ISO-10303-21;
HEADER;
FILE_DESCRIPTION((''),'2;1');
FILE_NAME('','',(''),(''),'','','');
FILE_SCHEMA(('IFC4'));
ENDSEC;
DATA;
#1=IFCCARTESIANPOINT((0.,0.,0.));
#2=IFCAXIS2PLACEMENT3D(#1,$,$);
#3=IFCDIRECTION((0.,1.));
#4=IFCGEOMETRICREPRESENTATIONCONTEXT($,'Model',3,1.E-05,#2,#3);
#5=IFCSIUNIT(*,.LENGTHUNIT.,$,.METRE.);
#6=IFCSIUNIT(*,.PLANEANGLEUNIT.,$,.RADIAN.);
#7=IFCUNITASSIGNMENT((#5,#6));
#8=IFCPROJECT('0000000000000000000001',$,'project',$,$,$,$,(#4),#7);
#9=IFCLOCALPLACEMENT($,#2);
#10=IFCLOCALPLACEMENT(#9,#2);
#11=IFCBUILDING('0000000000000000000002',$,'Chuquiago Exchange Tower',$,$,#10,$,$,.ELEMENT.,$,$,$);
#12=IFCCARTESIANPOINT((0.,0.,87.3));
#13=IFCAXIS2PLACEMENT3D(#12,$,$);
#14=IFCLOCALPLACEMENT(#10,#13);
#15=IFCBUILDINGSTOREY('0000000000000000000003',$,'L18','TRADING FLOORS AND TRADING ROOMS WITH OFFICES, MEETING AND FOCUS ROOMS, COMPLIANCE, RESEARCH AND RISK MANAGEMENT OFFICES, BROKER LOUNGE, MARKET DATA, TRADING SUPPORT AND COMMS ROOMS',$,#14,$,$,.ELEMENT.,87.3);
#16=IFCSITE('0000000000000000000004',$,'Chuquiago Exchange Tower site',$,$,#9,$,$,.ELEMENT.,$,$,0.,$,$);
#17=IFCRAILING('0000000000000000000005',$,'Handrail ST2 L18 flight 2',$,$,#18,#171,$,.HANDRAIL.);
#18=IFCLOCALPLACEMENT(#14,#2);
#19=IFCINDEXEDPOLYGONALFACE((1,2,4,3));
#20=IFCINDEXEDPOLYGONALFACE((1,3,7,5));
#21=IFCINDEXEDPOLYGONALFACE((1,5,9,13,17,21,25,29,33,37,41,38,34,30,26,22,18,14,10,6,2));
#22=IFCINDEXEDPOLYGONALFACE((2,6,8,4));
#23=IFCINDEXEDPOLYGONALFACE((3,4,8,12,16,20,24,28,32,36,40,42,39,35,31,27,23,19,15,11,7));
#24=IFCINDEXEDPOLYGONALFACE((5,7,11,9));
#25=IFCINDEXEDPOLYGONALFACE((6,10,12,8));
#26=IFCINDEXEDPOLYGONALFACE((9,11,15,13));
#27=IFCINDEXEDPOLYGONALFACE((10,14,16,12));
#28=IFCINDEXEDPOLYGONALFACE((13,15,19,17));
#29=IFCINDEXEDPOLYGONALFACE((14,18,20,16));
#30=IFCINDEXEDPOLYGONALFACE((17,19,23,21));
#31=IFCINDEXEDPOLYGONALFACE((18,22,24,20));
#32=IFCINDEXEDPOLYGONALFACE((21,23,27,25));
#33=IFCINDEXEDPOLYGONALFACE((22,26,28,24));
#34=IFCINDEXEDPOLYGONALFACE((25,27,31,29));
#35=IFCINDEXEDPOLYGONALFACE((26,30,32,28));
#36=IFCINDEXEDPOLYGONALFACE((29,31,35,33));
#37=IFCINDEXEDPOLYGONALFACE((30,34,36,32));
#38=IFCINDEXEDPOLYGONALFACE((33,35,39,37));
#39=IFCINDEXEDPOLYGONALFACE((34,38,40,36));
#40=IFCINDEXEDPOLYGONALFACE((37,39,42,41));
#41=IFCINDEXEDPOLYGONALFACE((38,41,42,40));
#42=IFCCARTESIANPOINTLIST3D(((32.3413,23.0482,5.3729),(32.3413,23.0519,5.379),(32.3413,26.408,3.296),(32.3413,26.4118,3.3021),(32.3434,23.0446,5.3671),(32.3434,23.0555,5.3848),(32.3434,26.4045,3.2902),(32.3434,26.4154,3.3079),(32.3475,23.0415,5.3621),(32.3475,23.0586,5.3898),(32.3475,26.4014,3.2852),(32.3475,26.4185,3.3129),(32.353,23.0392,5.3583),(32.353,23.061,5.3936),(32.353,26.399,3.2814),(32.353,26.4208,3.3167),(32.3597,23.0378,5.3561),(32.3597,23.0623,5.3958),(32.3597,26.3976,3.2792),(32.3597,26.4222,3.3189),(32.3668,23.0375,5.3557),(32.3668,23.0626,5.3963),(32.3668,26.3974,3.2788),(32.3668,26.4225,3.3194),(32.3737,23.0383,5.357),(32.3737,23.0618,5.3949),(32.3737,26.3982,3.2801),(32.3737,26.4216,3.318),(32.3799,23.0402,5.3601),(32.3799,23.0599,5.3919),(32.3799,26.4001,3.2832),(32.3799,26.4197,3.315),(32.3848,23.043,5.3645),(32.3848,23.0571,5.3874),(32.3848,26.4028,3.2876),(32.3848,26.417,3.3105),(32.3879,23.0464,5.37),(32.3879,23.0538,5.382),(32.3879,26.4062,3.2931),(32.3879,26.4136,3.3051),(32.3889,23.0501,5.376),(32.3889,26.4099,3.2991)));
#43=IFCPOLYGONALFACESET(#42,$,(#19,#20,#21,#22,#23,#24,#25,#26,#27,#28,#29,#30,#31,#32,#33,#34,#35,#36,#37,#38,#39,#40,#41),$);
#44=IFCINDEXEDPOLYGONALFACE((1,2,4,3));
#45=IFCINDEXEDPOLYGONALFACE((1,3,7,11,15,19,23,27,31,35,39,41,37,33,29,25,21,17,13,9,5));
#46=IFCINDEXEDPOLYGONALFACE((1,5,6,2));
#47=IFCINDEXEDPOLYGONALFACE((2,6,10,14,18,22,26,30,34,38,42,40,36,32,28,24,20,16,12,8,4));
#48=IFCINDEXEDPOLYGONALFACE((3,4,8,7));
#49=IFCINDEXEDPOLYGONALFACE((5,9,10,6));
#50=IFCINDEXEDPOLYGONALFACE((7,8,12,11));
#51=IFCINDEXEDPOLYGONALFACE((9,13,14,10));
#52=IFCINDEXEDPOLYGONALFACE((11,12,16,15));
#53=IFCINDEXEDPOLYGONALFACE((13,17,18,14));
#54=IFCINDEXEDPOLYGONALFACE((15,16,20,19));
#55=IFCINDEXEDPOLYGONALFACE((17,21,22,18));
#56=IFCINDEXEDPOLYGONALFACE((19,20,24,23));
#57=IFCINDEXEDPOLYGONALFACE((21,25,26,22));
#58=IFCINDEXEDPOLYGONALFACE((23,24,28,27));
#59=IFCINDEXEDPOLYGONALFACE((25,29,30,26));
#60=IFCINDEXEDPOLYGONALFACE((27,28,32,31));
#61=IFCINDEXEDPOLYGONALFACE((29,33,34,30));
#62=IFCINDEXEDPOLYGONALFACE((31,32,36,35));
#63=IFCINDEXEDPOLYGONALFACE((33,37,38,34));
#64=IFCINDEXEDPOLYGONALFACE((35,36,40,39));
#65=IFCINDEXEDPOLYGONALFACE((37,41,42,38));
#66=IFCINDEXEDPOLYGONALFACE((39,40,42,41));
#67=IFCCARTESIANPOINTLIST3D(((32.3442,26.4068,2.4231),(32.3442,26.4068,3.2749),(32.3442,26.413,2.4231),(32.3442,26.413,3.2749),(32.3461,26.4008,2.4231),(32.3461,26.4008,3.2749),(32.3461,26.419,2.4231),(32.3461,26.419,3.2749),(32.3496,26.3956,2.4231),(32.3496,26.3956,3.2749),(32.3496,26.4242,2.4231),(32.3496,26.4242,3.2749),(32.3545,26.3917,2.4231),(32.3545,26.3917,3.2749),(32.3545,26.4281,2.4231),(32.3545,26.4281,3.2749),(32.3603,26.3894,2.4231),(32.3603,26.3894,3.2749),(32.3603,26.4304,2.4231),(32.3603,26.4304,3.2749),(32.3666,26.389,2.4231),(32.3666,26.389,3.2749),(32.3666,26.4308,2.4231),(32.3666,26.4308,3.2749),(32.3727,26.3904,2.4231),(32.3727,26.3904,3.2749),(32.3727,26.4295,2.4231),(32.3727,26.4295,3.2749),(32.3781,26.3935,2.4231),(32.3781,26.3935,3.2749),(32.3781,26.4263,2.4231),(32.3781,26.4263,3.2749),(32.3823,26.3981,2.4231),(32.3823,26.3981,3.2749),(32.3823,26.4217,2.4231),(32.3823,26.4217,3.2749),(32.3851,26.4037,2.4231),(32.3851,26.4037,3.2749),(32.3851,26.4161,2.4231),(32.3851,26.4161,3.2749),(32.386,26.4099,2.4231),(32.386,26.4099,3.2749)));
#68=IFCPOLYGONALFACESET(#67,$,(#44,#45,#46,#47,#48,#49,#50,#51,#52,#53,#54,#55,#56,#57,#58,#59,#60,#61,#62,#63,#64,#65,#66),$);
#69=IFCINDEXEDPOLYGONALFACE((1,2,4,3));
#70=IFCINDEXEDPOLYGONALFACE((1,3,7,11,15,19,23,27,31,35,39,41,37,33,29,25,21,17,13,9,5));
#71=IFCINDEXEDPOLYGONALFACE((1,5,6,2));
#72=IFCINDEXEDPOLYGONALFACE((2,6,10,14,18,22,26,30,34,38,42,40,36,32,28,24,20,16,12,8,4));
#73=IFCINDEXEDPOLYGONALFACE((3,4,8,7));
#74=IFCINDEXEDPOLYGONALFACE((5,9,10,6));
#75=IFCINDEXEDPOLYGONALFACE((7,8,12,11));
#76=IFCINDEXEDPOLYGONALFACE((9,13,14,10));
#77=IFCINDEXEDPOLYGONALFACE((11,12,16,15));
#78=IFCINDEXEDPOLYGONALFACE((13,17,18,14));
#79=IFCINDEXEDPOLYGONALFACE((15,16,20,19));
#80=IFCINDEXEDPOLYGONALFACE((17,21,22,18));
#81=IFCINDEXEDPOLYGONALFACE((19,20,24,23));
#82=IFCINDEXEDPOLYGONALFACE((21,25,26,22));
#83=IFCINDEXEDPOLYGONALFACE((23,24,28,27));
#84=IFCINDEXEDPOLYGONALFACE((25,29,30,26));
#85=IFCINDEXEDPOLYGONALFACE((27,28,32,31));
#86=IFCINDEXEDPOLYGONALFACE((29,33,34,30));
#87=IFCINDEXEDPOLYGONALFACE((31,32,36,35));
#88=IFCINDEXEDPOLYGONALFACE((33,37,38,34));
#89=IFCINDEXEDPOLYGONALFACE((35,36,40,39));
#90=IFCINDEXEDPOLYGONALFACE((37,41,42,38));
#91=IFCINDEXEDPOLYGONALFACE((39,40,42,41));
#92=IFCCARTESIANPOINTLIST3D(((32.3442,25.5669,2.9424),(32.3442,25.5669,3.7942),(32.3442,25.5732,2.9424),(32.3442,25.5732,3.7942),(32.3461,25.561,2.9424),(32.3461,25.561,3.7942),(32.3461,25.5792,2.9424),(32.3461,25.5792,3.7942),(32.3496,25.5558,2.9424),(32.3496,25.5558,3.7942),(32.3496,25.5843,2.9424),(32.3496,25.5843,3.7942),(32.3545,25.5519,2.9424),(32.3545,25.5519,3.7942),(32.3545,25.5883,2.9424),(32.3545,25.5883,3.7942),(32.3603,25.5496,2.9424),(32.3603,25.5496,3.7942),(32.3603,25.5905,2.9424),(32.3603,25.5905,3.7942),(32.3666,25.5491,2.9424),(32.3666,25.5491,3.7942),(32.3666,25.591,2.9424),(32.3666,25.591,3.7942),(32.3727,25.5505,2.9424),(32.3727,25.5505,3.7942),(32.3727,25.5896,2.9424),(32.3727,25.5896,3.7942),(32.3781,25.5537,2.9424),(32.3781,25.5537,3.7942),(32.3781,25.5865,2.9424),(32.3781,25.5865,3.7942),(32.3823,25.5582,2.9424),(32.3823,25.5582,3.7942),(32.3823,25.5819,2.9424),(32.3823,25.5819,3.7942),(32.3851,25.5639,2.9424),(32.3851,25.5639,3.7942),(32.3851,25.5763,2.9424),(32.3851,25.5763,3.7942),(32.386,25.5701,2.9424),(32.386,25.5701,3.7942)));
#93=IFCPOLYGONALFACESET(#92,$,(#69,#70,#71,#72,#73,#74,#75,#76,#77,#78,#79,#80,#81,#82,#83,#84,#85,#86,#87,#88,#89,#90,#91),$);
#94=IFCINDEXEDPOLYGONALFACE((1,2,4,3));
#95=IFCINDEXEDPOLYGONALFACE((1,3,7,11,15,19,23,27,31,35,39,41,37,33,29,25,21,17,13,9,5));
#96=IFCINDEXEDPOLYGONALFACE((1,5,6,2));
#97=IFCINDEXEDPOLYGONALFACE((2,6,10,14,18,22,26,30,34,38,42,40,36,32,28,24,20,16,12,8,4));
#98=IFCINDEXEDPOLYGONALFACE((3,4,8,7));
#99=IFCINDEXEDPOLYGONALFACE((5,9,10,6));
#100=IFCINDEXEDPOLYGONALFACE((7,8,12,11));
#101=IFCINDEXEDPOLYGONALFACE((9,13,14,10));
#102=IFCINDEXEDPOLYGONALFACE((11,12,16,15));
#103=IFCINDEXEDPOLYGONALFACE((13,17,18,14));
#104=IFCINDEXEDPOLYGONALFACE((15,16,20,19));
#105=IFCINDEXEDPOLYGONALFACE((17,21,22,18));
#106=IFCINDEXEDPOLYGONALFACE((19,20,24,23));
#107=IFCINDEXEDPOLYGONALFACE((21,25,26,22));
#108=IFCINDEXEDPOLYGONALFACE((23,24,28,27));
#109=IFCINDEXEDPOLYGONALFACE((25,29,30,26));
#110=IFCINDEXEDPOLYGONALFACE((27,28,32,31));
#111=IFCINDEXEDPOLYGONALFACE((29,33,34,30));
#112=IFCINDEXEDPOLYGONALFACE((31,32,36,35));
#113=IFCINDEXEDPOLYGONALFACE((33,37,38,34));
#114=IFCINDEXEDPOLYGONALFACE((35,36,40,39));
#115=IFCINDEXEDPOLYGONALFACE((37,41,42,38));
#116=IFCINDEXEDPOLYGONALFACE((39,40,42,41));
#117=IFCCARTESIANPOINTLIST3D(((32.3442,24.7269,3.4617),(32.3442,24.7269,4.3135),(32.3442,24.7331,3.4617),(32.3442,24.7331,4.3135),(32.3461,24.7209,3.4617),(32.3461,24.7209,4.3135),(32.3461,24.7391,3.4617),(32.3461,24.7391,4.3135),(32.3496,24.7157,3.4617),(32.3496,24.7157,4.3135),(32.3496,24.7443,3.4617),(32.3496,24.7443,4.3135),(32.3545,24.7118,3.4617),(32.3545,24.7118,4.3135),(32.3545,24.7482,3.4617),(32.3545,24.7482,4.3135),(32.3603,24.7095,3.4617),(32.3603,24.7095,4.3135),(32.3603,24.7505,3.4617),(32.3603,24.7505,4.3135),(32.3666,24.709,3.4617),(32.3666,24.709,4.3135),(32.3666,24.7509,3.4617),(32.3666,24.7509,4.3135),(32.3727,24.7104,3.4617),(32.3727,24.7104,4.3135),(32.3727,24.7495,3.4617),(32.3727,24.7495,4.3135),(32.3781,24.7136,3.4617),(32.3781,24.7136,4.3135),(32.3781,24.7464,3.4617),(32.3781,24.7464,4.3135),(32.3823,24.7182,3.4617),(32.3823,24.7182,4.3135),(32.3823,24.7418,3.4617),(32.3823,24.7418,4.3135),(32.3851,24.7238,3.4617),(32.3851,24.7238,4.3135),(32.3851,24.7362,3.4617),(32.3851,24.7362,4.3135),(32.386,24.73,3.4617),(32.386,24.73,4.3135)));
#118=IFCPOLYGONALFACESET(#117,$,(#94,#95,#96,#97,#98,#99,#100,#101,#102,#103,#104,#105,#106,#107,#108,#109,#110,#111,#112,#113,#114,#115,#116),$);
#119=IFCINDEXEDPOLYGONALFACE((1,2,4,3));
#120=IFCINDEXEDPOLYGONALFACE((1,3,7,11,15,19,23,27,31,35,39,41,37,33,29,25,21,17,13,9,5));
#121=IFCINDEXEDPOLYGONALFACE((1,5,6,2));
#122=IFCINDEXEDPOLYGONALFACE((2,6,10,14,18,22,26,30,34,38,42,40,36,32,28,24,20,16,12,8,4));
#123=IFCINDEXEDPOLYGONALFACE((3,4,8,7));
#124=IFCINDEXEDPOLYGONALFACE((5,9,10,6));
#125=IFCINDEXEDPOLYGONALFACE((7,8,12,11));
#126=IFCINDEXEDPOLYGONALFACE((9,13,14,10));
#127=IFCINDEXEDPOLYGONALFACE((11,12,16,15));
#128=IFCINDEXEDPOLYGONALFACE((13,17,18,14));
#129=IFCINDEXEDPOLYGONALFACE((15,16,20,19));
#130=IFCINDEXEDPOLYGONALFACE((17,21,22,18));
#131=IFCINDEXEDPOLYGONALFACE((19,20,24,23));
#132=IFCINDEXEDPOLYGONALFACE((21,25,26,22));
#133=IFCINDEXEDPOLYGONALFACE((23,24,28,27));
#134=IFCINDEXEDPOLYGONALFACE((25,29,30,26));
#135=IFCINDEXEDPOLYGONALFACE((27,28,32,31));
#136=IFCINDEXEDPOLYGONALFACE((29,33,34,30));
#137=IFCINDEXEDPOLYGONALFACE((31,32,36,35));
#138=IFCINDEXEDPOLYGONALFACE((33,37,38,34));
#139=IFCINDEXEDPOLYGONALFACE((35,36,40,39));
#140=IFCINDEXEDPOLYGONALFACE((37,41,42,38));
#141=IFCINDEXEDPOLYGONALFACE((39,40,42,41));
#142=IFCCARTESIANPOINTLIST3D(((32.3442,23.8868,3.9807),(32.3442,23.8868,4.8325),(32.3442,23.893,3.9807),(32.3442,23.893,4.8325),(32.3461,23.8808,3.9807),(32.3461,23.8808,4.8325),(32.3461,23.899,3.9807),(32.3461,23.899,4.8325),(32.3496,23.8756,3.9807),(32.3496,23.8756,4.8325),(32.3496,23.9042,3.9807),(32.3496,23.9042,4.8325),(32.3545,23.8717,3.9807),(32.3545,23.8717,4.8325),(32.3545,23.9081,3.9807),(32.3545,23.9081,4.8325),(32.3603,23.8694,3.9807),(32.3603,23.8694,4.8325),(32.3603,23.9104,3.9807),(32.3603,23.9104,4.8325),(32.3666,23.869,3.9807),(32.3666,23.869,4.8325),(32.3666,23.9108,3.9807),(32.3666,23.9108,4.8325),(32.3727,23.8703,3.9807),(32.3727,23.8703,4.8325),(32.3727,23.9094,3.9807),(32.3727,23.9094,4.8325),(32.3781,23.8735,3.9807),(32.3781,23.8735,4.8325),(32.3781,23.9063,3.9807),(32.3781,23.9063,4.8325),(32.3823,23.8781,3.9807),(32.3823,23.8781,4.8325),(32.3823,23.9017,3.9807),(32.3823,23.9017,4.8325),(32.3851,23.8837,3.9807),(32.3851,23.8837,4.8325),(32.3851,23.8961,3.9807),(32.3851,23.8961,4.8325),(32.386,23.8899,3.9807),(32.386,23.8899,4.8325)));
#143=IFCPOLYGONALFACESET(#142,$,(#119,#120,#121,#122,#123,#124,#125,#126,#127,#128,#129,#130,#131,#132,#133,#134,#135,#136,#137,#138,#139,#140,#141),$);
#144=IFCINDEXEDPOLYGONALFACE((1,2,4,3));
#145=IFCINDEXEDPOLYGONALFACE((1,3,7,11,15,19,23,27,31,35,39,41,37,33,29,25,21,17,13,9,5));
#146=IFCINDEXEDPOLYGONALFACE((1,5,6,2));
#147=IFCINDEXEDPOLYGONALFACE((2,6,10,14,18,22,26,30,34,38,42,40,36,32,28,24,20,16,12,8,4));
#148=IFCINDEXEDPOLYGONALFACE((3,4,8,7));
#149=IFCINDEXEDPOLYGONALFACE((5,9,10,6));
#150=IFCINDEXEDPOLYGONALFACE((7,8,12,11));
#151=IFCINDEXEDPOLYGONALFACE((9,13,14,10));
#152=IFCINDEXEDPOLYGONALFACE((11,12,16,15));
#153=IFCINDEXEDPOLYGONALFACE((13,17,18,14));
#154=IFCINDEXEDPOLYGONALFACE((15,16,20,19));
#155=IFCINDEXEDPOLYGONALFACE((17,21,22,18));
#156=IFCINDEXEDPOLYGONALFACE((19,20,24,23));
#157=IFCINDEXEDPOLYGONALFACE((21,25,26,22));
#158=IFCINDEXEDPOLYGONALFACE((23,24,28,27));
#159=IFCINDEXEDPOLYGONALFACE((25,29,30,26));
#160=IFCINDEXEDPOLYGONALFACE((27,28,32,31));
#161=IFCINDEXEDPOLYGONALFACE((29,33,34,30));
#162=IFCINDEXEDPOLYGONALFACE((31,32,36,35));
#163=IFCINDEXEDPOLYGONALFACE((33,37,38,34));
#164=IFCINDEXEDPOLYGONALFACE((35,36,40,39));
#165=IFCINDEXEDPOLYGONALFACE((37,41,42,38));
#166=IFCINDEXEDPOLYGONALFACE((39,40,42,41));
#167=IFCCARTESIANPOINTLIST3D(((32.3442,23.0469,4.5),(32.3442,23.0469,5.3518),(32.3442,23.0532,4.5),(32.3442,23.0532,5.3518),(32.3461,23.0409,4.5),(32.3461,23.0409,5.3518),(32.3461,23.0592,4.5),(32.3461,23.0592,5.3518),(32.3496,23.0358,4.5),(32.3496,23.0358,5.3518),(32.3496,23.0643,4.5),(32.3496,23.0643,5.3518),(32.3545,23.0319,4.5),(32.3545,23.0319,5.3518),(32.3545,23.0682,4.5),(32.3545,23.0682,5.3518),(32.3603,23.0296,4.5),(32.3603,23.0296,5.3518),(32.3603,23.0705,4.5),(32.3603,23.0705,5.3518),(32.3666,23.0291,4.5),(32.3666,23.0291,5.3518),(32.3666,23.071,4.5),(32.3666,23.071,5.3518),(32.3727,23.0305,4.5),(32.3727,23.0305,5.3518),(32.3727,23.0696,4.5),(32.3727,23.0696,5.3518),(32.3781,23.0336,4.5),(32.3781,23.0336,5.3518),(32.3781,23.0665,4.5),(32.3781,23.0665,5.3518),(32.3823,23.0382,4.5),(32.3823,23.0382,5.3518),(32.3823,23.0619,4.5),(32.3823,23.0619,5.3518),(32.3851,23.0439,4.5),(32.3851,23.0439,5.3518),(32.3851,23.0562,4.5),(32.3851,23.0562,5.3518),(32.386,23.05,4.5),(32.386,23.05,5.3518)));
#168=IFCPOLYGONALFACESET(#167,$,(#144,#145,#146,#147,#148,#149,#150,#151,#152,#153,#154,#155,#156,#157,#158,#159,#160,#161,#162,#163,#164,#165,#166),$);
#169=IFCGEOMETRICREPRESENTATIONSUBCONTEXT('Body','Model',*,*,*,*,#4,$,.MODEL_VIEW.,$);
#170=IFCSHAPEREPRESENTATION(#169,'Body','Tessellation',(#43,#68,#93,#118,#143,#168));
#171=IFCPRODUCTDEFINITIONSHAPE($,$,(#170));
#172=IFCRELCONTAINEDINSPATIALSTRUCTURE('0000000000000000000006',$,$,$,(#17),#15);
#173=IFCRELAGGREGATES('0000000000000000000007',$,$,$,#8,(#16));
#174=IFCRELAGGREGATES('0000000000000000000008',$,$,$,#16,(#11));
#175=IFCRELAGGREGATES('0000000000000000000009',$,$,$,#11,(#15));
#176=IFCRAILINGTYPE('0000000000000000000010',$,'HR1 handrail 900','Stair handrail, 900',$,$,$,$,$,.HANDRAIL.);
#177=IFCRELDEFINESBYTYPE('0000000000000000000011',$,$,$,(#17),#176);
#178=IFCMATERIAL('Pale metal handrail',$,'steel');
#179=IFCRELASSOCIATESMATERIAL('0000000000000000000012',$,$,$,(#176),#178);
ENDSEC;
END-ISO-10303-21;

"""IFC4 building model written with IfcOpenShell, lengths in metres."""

from ifc_helpers import new_model, si_unit, direction, frame, origin, origin_2d, place, context, subcontext, project, spatial, circle, extrude, material, type_object, element, save


model = new_model("IFC4")

# Units and contexts
model_context = context("Model", 3, precision=1e-05, world=origin(), true_north=direction((0.0, 1.0)))
body_context = subcontext(model_context, "Body", "Model", "MODEL_VIEW")
ifc_project = project(units=[si_unit("LENGTHUNIT", "METRE"), si_unit("PLANEANGLEUNIT", "RADIAN")], contexts=[model_context])

# Site, building, storey
site_placement = place(None, origin())
site = spatial("IfcSite", under=ifc_project, at=site_placement, Name="Chuquiago Exchange Tower site", CompositionType="ELEMENT", RefElevation=0.0)
building_placement = place(site_placement, origin())
building = spatial("IfcBuilding", under=site, at=building_placement, Name="Chuquiago Exchange Tower", CompositionType="ELEMENT")
storey_placement = place(building_placement, frame((0.0, 0.0, 87.3)))
storey = spatial("IfcBuildingStorey", under=building, at=storey_placement, Name="L18", Description="TRADING FLOORS AND TRADING ROOMS WITH OFFICES, MEETING AND FOCUS ROOMS, COMPLIANCE, RESEARCH AND RISK MANAGEMENT OFFICES, BROKER LOUNGE, MARKET DATA, TRADING SUPPORT AND COMMS ROOMS", CompositionType="ELEMENT", Elevation=87.3)

# Railing
ifc_material_1 = material(Name="Pale metal handrail", Category="steel")
railing_type_1 = type_object("IfcRailingType", Name="HR1 handrail 900", Description="Stair handrail, 900", PredefinedType="HANDRAIL", material=ifc_material_1)
for number, where, name in (
    (1, (32.365, 26.4099, 2.4231), "Handrail ST2 L18 flight 2"),
):
    element("IfcRailing", number, at=place(storey_placement, frame(where)), inside=storey, type_object=railing_type_1, Name=name, PredefinedType="HANDRAIL", context=body_context, shape_type="SweptSolid", body=[
        extrude(circle(Radius=0.0239, at=origin_2d()), frame((0.0, 0.0, 0.876), z_axis=(0.0, -0.850606, 0.525803), x_axis=(1.0, 0.0, 0.0)), (0.0, 0.0, 1.0), 3.95),
        extrude(circle(Radius=0.021, at=origin_2d()), origin(), (0.0, 0.0, 1.0), 0.8518),
        extrude(circle(Radius=0.021, at=origin_2d()), frame((0.0, -0.8398, 0.5193)), (0.0, 0.0, 1.0), 0.8518),
        extrude(circle(Radius=0.021, at=origin_2d()), frame((0.0, -1.6799, 1.0386)), (0.0, 0.0, 1.0), 0.8518),
        extrude(circle(Radius=0.021, at=origin_2d()), frame((0.0, -2.52, 1.5576)), (0.0, 0.0, 1.0), 0.8518),
        extrude(circle(Radius=0.021, at=origin_2d()), frame((0.0, -3.3599, 2.0769)), (0.0, 0.0, 1.0), 0.8518),
    ])

save(model, "model.ifc")
